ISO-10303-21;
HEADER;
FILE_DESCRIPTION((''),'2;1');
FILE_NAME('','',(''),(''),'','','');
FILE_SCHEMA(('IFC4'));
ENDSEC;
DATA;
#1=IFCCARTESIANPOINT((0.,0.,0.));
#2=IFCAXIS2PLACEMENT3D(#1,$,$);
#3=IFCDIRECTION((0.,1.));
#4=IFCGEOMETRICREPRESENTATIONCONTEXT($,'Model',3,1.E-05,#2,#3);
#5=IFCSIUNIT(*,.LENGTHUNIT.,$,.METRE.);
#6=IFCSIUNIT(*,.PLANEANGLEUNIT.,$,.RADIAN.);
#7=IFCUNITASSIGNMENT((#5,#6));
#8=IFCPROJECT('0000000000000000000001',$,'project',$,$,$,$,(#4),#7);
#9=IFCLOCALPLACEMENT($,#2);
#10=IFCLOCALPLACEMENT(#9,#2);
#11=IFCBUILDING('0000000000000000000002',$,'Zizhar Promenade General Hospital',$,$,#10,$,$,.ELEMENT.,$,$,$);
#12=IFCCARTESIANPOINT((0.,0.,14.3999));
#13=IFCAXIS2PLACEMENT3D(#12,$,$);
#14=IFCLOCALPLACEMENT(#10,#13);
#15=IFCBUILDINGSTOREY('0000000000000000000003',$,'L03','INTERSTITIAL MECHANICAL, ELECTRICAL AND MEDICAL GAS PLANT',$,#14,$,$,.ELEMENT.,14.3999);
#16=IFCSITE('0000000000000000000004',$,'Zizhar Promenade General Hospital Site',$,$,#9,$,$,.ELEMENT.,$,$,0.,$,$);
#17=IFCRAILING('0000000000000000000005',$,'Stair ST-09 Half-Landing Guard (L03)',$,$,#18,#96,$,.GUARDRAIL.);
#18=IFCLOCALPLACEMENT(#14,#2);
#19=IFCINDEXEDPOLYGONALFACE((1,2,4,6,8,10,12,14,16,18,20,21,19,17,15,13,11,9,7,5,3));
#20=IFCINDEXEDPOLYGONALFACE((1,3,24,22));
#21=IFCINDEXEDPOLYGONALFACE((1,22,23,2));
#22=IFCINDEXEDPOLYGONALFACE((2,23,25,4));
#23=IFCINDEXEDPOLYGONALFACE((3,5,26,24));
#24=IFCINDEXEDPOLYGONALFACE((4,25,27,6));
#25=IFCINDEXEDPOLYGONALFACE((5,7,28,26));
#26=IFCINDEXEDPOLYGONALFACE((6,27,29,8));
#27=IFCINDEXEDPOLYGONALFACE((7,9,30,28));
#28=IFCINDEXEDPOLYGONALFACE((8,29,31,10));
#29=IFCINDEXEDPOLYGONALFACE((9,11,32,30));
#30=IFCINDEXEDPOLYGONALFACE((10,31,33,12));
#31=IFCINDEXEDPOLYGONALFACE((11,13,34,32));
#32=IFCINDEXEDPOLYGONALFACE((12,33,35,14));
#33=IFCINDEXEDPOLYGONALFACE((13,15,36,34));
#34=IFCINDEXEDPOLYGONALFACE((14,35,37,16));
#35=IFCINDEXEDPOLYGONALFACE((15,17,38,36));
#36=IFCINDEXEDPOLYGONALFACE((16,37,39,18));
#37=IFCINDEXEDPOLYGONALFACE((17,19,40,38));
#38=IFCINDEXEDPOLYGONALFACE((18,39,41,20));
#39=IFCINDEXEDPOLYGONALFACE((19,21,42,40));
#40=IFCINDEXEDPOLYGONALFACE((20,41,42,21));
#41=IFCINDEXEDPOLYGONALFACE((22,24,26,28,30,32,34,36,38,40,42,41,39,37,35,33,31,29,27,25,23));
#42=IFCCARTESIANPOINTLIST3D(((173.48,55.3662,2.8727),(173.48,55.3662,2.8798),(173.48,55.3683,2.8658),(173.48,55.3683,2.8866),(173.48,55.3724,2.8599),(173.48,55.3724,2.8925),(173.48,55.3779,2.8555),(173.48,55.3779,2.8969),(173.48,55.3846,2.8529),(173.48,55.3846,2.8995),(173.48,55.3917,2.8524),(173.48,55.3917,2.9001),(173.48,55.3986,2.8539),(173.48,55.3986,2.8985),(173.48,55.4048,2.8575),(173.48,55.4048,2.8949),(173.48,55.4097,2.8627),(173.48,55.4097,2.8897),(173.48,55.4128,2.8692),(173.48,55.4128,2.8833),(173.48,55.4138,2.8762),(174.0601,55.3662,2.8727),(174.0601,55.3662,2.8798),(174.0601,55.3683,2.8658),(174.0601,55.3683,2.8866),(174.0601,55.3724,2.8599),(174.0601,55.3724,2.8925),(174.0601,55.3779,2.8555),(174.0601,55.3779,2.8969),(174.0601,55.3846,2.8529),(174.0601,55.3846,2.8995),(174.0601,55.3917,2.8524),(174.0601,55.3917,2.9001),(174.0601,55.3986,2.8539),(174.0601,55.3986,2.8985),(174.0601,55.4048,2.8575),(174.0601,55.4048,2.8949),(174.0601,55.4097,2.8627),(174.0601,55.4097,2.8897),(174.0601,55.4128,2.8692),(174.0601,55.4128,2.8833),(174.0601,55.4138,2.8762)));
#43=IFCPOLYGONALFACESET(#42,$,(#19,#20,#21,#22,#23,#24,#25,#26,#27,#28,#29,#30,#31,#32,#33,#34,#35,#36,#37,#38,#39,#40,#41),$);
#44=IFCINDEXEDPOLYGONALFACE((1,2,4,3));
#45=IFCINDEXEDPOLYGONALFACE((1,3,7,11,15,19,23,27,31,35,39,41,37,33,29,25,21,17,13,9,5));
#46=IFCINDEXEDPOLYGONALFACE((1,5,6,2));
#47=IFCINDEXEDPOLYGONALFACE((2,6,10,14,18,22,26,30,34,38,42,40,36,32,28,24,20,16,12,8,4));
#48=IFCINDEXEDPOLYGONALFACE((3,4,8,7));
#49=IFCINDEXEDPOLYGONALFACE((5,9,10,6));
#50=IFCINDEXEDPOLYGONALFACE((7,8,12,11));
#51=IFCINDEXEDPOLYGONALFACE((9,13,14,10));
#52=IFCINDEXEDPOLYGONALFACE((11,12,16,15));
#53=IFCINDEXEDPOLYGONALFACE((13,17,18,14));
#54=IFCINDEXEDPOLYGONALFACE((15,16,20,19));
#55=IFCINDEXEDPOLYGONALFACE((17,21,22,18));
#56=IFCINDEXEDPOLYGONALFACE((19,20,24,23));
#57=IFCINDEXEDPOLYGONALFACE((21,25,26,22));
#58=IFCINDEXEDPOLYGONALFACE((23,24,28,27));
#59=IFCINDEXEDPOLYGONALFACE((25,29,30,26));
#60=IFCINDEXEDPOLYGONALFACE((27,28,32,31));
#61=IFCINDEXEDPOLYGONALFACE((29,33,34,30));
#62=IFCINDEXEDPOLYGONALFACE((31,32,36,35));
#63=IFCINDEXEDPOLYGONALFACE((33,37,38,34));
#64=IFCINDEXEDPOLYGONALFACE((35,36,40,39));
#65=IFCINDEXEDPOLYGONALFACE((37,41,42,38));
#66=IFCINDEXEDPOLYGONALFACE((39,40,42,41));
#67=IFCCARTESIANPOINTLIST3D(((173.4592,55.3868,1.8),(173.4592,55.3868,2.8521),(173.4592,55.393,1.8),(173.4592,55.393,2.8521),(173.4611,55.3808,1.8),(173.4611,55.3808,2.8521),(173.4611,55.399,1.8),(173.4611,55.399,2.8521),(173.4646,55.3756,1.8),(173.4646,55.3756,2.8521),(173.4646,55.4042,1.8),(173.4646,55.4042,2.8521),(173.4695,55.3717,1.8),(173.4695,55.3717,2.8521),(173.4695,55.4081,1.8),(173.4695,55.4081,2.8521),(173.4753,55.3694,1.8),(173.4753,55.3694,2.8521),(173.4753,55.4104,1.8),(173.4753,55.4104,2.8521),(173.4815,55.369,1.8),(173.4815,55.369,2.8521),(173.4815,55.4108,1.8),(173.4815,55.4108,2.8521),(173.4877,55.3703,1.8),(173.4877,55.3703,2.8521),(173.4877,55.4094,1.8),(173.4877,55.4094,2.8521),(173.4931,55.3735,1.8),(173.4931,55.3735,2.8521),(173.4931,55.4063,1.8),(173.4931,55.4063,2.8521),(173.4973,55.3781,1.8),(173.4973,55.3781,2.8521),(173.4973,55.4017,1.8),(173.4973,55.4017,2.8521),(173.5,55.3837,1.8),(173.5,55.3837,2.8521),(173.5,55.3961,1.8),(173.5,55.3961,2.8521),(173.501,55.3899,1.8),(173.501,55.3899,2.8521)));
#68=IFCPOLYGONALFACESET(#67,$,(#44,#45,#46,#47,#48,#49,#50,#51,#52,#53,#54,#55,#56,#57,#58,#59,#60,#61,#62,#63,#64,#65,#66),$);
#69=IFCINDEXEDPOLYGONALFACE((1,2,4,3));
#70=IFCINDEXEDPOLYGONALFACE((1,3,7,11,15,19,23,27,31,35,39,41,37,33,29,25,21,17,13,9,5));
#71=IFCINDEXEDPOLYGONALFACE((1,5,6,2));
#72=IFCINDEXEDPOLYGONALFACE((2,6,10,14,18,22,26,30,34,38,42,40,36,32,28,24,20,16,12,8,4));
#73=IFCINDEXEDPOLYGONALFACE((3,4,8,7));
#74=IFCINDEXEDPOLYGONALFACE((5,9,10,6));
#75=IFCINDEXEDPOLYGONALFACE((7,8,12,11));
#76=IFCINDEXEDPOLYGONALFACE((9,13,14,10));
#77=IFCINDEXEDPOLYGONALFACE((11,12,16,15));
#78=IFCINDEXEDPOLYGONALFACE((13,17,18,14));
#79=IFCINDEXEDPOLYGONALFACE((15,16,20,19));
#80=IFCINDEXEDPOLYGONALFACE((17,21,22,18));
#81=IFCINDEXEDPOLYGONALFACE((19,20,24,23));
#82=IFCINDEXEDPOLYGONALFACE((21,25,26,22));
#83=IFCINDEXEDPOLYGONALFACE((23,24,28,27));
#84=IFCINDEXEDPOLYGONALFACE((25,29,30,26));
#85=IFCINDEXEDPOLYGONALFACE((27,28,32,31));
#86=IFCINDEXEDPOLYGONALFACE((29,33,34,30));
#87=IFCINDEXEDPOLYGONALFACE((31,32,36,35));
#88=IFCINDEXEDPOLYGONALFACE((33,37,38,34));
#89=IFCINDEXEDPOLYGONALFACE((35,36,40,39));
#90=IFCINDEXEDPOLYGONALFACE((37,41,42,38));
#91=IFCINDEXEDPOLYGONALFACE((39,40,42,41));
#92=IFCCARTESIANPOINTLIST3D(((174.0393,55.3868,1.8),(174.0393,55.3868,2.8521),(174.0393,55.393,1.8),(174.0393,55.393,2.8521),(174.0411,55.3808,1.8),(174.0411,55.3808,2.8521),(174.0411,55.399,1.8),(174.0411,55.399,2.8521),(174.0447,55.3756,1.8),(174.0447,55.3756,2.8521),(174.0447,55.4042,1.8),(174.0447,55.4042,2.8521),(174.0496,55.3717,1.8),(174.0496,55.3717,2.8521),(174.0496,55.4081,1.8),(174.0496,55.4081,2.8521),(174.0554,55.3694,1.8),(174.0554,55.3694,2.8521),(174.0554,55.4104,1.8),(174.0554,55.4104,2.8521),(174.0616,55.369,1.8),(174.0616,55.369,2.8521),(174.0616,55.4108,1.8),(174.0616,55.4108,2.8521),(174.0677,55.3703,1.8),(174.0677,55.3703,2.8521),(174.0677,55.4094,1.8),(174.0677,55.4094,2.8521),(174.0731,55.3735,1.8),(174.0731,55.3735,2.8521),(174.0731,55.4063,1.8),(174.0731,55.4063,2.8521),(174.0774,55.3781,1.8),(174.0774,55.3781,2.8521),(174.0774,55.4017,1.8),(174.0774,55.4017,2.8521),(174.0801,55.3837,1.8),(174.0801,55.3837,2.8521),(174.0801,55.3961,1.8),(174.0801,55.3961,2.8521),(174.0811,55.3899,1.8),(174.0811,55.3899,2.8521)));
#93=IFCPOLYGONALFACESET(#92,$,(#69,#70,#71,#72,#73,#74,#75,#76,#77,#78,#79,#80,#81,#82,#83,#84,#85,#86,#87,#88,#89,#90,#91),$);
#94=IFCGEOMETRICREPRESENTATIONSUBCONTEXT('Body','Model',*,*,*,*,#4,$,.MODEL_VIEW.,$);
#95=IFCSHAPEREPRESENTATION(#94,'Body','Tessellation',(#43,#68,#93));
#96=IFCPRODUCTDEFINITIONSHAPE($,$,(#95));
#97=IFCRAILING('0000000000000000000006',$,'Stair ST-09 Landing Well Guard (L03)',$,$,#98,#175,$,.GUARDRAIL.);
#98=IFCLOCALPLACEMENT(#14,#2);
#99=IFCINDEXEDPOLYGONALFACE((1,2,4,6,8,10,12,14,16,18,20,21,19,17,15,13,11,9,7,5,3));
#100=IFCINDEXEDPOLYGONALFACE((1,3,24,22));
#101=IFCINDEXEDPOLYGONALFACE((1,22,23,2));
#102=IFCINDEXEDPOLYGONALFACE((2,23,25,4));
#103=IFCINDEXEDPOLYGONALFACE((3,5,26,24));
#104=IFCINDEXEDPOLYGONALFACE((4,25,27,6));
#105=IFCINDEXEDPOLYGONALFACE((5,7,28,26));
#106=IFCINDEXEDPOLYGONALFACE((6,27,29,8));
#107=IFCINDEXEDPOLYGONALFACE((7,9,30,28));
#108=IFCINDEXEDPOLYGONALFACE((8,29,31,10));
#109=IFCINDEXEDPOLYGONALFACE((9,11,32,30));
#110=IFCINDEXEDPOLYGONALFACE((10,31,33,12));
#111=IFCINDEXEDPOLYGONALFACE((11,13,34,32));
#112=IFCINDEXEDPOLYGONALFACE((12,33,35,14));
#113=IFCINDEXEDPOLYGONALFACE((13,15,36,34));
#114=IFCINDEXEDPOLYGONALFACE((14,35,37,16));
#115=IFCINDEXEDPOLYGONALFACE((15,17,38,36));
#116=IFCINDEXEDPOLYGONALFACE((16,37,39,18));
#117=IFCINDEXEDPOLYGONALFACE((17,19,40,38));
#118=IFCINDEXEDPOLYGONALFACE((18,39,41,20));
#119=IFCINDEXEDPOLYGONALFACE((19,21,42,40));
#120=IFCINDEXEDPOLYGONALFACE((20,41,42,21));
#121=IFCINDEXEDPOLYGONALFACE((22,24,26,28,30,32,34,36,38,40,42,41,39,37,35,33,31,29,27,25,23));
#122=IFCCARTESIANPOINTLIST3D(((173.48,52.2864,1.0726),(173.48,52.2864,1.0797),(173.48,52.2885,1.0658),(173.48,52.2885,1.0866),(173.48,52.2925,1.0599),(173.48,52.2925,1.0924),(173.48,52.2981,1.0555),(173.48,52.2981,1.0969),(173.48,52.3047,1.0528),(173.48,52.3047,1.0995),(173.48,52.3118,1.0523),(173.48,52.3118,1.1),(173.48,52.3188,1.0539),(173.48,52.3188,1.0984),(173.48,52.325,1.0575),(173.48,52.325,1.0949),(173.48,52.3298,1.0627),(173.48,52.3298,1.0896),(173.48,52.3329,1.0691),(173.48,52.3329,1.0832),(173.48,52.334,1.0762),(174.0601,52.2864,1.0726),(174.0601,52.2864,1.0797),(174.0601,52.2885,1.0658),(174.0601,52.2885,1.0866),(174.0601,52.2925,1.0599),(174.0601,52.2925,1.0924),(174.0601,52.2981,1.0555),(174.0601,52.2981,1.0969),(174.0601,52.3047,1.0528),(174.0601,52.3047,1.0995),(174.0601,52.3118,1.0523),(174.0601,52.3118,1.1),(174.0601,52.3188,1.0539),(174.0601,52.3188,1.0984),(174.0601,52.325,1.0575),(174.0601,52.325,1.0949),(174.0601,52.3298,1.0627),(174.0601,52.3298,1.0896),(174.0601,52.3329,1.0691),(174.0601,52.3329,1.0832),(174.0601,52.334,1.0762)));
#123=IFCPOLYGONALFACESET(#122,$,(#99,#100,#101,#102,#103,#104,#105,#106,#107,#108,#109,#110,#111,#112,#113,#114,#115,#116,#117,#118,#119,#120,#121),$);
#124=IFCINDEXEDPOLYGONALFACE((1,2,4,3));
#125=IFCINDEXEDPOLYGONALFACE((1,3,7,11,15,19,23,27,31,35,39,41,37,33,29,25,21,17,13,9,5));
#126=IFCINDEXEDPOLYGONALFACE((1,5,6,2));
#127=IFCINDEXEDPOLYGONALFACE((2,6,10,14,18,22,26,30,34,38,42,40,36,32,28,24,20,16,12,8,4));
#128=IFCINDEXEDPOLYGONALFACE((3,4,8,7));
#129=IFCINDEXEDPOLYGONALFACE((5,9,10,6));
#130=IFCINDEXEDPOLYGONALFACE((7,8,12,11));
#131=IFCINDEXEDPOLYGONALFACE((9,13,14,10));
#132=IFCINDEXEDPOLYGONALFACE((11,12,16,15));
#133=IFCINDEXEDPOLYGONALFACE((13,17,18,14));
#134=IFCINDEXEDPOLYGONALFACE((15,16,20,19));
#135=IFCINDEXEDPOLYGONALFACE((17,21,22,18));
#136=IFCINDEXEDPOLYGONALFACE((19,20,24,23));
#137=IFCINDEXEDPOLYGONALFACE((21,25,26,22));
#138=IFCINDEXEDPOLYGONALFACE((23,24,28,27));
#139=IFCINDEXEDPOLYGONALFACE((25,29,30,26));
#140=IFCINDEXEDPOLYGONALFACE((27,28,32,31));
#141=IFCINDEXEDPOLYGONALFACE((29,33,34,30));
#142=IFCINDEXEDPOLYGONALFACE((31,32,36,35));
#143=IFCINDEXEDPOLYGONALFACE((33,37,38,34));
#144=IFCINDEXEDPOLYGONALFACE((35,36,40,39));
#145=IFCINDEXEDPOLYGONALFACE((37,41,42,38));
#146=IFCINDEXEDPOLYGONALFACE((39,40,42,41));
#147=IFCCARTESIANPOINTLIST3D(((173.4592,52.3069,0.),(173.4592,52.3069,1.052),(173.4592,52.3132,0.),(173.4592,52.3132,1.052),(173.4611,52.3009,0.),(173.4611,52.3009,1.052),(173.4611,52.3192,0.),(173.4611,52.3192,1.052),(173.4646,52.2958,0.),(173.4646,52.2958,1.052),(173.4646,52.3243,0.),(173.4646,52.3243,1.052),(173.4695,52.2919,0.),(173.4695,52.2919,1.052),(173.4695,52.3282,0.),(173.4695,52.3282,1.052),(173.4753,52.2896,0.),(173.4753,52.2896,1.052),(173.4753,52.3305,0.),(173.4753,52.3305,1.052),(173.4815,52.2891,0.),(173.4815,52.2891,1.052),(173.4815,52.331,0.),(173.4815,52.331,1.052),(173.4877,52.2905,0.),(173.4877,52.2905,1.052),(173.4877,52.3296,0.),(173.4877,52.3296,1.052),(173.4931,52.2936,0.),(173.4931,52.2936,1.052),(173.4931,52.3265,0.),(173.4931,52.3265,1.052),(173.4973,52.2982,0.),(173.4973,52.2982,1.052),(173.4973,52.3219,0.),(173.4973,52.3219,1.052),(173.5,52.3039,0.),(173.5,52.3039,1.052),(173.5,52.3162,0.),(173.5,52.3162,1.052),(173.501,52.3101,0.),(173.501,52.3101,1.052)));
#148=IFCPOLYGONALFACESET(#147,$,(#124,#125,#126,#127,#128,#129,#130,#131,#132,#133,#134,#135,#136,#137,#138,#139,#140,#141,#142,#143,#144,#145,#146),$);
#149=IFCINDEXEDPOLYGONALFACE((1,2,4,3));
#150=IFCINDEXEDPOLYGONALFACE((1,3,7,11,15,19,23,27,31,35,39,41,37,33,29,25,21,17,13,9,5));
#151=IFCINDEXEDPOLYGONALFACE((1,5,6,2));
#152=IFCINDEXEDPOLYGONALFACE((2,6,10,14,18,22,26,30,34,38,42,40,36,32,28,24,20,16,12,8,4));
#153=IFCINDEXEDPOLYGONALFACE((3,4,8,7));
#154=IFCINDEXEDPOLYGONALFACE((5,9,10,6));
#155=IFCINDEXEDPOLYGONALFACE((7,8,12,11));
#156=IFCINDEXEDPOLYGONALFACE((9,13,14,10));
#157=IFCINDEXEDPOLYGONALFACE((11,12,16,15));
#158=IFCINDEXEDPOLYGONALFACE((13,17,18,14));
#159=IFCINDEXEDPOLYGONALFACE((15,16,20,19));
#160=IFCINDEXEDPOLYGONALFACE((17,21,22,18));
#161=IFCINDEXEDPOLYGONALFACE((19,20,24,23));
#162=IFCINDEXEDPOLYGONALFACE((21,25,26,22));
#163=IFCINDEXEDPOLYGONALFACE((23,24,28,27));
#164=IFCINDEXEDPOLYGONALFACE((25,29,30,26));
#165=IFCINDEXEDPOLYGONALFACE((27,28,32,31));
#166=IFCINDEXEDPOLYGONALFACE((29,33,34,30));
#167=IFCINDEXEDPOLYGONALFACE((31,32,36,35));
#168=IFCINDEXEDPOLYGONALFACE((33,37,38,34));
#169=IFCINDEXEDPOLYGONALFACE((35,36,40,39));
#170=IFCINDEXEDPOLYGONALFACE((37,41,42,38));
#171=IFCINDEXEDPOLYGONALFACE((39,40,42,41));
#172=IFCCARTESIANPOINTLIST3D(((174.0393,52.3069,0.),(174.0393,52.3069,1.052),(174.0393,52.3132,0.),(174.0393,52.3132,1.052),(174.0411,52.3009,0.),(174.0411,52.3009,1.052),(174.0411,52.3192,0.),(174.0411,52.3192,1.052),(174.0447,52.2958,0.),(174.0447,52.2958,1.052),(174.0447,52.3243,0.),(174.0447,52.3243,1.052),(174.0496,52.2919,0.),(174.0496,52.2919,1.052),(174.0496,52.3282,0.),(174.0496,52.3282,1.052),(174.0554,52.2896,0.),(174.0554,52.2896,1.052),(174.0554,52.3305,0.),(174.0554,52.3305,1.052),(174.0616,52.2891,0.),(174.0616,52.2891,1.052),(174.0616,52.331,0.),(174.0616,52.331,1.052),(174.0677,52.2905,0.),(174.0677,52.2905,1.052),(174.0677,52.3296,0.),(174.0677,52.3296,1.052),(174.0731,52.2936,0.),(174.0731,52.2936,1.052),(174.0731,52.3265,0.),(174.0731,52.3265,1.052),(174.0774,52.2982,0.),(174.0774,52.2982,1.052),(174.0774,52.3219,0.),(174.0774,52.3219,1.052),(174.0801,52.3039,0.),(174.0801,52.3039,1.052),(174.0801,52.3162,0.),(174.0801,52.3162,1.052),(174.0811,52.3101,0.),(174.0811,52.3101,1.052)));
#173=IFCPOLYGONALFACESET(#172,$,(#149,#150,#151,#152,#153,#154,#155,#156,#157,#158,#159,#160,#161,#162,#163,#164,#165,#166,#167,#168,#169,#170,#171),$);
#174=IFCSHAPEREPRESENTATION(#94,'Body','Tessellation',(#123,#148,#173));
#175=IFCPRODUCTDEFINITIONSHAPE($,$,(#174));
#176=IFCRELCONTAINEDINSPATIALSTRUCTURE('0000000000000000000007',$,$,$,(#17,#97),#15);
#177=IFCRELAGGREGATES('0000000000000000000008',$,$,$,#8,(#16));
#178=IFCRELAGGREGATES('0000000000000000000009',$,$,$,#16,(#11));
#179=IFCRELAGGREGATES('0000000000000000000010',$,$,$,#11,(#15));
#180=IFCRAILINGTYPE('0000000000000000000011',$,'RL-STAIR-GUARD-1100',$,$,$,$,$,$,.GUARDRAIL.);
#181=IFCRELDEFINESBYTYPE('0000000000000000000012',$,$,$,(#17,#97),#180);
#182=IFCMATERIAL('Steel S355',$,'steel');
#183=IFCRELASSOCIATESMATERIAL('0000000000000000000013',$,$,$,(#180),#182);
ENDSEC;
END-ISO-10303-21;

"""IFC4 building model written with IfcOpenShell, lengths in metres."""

from ifc_helpers import new_model, si_unit, direction, frame, origin, origin_2d, place, context, subcontext, project, spatial, circle, hollow_circle, extrude, material, material_profile, profile_set, type_object, element, save


model = new_model("IFC4")

# Units and contexts
model_context = context("Model", 3, precision=1e-05, world=origin(), true_north=direction((0.0, 1.0)))
body_context = subcontext(model_context, "Body", "Model", "MODEL_VIEW")
ifc_project = project(units=[si_unit("LENGTHUNIT", "METRE"), si_unit("PLANEANGLEUNIT", "RADIAN")], contexts=[model_context])

# Site, building, storey
site_placement = place(None, origin())
site = spatial("IfcSite", under=ifc_project, at=site_placement, Name="Zizhar Promenade General Hospital Site", CompositionType="ELEMENT", RefElevation=0.0)
building_placement = place(site_placement, origin())
building = spatial("IfcBuilding", under=site, at=building_placement, Name="Zizhar Promenade General Hospital", CompositionType="ELEMENT")
storey_placement = place(building_placement, frame((0.0, 0.0, 14.3999)))
storey = spatial("IfcBuildingStorey", under=building, at=storey_placement, Name="L03", Description="INTERSTITIAL MECHANICAL, ELECTRICAL AND MEDICAL GAS PLANT", CompositionType="ELEMENT", Elevation=14.3999)

# Railings
ifc_material_1 = material(Name="Steel S355", Category="steel")
ifc_material_profile_1 = material_profile(ifc_material_1, hollow_circle(Radius=0.0698, WallThickness=0.0063, at=origin_2d()))
ifc_profile_set_1 = profile_set([ifc_material_profile_1], Name="Steel S355")
railing_type_1 = type_object("IfcRailingType", Name="RL-STAIR-GUARD-1100", PredefinedType="GUARDRAIL", material=ifc_profile_set_1)
for number, where, name in (
    (1, (173.48, 55.3899, 1.8), "Stair ST-09 Half-Landing Guard (L03)"),
    (2, (173.48, 52.3101, 0.0), "Stair ST-09 Landing Well Guard (L03)"),
):
    element("IfcRailing", number, at=place(storey_placement, frame(where)), inside=storey, type_object=railing_type_1, Name=name, PredefinedType="GUARDRAIL", context=body_context, shape_type="SweptSolid", body=[
        extrude(circle(Radius=0.0239, at=origin_2d()), frame((0.0, 0.0, 1.0762), z_axis=(1.0, 0.0, 0.0), x_axis=(0.0, 1.0, 0.0)), (0.0, 0.0, 1.0), 0.5801),
        extrude(circle(Radius=0.021, at=origin_2d()), origin(), (0.0, 0.0, 1.0), 1.052),
        extrude(circle(Radius=0.021, at=origin_2d()), frame((0.5801, 0.0, 0.0)), (0.0, 0.0, 1.0), 1.052),
    ])

save(model, "model.ifc")
